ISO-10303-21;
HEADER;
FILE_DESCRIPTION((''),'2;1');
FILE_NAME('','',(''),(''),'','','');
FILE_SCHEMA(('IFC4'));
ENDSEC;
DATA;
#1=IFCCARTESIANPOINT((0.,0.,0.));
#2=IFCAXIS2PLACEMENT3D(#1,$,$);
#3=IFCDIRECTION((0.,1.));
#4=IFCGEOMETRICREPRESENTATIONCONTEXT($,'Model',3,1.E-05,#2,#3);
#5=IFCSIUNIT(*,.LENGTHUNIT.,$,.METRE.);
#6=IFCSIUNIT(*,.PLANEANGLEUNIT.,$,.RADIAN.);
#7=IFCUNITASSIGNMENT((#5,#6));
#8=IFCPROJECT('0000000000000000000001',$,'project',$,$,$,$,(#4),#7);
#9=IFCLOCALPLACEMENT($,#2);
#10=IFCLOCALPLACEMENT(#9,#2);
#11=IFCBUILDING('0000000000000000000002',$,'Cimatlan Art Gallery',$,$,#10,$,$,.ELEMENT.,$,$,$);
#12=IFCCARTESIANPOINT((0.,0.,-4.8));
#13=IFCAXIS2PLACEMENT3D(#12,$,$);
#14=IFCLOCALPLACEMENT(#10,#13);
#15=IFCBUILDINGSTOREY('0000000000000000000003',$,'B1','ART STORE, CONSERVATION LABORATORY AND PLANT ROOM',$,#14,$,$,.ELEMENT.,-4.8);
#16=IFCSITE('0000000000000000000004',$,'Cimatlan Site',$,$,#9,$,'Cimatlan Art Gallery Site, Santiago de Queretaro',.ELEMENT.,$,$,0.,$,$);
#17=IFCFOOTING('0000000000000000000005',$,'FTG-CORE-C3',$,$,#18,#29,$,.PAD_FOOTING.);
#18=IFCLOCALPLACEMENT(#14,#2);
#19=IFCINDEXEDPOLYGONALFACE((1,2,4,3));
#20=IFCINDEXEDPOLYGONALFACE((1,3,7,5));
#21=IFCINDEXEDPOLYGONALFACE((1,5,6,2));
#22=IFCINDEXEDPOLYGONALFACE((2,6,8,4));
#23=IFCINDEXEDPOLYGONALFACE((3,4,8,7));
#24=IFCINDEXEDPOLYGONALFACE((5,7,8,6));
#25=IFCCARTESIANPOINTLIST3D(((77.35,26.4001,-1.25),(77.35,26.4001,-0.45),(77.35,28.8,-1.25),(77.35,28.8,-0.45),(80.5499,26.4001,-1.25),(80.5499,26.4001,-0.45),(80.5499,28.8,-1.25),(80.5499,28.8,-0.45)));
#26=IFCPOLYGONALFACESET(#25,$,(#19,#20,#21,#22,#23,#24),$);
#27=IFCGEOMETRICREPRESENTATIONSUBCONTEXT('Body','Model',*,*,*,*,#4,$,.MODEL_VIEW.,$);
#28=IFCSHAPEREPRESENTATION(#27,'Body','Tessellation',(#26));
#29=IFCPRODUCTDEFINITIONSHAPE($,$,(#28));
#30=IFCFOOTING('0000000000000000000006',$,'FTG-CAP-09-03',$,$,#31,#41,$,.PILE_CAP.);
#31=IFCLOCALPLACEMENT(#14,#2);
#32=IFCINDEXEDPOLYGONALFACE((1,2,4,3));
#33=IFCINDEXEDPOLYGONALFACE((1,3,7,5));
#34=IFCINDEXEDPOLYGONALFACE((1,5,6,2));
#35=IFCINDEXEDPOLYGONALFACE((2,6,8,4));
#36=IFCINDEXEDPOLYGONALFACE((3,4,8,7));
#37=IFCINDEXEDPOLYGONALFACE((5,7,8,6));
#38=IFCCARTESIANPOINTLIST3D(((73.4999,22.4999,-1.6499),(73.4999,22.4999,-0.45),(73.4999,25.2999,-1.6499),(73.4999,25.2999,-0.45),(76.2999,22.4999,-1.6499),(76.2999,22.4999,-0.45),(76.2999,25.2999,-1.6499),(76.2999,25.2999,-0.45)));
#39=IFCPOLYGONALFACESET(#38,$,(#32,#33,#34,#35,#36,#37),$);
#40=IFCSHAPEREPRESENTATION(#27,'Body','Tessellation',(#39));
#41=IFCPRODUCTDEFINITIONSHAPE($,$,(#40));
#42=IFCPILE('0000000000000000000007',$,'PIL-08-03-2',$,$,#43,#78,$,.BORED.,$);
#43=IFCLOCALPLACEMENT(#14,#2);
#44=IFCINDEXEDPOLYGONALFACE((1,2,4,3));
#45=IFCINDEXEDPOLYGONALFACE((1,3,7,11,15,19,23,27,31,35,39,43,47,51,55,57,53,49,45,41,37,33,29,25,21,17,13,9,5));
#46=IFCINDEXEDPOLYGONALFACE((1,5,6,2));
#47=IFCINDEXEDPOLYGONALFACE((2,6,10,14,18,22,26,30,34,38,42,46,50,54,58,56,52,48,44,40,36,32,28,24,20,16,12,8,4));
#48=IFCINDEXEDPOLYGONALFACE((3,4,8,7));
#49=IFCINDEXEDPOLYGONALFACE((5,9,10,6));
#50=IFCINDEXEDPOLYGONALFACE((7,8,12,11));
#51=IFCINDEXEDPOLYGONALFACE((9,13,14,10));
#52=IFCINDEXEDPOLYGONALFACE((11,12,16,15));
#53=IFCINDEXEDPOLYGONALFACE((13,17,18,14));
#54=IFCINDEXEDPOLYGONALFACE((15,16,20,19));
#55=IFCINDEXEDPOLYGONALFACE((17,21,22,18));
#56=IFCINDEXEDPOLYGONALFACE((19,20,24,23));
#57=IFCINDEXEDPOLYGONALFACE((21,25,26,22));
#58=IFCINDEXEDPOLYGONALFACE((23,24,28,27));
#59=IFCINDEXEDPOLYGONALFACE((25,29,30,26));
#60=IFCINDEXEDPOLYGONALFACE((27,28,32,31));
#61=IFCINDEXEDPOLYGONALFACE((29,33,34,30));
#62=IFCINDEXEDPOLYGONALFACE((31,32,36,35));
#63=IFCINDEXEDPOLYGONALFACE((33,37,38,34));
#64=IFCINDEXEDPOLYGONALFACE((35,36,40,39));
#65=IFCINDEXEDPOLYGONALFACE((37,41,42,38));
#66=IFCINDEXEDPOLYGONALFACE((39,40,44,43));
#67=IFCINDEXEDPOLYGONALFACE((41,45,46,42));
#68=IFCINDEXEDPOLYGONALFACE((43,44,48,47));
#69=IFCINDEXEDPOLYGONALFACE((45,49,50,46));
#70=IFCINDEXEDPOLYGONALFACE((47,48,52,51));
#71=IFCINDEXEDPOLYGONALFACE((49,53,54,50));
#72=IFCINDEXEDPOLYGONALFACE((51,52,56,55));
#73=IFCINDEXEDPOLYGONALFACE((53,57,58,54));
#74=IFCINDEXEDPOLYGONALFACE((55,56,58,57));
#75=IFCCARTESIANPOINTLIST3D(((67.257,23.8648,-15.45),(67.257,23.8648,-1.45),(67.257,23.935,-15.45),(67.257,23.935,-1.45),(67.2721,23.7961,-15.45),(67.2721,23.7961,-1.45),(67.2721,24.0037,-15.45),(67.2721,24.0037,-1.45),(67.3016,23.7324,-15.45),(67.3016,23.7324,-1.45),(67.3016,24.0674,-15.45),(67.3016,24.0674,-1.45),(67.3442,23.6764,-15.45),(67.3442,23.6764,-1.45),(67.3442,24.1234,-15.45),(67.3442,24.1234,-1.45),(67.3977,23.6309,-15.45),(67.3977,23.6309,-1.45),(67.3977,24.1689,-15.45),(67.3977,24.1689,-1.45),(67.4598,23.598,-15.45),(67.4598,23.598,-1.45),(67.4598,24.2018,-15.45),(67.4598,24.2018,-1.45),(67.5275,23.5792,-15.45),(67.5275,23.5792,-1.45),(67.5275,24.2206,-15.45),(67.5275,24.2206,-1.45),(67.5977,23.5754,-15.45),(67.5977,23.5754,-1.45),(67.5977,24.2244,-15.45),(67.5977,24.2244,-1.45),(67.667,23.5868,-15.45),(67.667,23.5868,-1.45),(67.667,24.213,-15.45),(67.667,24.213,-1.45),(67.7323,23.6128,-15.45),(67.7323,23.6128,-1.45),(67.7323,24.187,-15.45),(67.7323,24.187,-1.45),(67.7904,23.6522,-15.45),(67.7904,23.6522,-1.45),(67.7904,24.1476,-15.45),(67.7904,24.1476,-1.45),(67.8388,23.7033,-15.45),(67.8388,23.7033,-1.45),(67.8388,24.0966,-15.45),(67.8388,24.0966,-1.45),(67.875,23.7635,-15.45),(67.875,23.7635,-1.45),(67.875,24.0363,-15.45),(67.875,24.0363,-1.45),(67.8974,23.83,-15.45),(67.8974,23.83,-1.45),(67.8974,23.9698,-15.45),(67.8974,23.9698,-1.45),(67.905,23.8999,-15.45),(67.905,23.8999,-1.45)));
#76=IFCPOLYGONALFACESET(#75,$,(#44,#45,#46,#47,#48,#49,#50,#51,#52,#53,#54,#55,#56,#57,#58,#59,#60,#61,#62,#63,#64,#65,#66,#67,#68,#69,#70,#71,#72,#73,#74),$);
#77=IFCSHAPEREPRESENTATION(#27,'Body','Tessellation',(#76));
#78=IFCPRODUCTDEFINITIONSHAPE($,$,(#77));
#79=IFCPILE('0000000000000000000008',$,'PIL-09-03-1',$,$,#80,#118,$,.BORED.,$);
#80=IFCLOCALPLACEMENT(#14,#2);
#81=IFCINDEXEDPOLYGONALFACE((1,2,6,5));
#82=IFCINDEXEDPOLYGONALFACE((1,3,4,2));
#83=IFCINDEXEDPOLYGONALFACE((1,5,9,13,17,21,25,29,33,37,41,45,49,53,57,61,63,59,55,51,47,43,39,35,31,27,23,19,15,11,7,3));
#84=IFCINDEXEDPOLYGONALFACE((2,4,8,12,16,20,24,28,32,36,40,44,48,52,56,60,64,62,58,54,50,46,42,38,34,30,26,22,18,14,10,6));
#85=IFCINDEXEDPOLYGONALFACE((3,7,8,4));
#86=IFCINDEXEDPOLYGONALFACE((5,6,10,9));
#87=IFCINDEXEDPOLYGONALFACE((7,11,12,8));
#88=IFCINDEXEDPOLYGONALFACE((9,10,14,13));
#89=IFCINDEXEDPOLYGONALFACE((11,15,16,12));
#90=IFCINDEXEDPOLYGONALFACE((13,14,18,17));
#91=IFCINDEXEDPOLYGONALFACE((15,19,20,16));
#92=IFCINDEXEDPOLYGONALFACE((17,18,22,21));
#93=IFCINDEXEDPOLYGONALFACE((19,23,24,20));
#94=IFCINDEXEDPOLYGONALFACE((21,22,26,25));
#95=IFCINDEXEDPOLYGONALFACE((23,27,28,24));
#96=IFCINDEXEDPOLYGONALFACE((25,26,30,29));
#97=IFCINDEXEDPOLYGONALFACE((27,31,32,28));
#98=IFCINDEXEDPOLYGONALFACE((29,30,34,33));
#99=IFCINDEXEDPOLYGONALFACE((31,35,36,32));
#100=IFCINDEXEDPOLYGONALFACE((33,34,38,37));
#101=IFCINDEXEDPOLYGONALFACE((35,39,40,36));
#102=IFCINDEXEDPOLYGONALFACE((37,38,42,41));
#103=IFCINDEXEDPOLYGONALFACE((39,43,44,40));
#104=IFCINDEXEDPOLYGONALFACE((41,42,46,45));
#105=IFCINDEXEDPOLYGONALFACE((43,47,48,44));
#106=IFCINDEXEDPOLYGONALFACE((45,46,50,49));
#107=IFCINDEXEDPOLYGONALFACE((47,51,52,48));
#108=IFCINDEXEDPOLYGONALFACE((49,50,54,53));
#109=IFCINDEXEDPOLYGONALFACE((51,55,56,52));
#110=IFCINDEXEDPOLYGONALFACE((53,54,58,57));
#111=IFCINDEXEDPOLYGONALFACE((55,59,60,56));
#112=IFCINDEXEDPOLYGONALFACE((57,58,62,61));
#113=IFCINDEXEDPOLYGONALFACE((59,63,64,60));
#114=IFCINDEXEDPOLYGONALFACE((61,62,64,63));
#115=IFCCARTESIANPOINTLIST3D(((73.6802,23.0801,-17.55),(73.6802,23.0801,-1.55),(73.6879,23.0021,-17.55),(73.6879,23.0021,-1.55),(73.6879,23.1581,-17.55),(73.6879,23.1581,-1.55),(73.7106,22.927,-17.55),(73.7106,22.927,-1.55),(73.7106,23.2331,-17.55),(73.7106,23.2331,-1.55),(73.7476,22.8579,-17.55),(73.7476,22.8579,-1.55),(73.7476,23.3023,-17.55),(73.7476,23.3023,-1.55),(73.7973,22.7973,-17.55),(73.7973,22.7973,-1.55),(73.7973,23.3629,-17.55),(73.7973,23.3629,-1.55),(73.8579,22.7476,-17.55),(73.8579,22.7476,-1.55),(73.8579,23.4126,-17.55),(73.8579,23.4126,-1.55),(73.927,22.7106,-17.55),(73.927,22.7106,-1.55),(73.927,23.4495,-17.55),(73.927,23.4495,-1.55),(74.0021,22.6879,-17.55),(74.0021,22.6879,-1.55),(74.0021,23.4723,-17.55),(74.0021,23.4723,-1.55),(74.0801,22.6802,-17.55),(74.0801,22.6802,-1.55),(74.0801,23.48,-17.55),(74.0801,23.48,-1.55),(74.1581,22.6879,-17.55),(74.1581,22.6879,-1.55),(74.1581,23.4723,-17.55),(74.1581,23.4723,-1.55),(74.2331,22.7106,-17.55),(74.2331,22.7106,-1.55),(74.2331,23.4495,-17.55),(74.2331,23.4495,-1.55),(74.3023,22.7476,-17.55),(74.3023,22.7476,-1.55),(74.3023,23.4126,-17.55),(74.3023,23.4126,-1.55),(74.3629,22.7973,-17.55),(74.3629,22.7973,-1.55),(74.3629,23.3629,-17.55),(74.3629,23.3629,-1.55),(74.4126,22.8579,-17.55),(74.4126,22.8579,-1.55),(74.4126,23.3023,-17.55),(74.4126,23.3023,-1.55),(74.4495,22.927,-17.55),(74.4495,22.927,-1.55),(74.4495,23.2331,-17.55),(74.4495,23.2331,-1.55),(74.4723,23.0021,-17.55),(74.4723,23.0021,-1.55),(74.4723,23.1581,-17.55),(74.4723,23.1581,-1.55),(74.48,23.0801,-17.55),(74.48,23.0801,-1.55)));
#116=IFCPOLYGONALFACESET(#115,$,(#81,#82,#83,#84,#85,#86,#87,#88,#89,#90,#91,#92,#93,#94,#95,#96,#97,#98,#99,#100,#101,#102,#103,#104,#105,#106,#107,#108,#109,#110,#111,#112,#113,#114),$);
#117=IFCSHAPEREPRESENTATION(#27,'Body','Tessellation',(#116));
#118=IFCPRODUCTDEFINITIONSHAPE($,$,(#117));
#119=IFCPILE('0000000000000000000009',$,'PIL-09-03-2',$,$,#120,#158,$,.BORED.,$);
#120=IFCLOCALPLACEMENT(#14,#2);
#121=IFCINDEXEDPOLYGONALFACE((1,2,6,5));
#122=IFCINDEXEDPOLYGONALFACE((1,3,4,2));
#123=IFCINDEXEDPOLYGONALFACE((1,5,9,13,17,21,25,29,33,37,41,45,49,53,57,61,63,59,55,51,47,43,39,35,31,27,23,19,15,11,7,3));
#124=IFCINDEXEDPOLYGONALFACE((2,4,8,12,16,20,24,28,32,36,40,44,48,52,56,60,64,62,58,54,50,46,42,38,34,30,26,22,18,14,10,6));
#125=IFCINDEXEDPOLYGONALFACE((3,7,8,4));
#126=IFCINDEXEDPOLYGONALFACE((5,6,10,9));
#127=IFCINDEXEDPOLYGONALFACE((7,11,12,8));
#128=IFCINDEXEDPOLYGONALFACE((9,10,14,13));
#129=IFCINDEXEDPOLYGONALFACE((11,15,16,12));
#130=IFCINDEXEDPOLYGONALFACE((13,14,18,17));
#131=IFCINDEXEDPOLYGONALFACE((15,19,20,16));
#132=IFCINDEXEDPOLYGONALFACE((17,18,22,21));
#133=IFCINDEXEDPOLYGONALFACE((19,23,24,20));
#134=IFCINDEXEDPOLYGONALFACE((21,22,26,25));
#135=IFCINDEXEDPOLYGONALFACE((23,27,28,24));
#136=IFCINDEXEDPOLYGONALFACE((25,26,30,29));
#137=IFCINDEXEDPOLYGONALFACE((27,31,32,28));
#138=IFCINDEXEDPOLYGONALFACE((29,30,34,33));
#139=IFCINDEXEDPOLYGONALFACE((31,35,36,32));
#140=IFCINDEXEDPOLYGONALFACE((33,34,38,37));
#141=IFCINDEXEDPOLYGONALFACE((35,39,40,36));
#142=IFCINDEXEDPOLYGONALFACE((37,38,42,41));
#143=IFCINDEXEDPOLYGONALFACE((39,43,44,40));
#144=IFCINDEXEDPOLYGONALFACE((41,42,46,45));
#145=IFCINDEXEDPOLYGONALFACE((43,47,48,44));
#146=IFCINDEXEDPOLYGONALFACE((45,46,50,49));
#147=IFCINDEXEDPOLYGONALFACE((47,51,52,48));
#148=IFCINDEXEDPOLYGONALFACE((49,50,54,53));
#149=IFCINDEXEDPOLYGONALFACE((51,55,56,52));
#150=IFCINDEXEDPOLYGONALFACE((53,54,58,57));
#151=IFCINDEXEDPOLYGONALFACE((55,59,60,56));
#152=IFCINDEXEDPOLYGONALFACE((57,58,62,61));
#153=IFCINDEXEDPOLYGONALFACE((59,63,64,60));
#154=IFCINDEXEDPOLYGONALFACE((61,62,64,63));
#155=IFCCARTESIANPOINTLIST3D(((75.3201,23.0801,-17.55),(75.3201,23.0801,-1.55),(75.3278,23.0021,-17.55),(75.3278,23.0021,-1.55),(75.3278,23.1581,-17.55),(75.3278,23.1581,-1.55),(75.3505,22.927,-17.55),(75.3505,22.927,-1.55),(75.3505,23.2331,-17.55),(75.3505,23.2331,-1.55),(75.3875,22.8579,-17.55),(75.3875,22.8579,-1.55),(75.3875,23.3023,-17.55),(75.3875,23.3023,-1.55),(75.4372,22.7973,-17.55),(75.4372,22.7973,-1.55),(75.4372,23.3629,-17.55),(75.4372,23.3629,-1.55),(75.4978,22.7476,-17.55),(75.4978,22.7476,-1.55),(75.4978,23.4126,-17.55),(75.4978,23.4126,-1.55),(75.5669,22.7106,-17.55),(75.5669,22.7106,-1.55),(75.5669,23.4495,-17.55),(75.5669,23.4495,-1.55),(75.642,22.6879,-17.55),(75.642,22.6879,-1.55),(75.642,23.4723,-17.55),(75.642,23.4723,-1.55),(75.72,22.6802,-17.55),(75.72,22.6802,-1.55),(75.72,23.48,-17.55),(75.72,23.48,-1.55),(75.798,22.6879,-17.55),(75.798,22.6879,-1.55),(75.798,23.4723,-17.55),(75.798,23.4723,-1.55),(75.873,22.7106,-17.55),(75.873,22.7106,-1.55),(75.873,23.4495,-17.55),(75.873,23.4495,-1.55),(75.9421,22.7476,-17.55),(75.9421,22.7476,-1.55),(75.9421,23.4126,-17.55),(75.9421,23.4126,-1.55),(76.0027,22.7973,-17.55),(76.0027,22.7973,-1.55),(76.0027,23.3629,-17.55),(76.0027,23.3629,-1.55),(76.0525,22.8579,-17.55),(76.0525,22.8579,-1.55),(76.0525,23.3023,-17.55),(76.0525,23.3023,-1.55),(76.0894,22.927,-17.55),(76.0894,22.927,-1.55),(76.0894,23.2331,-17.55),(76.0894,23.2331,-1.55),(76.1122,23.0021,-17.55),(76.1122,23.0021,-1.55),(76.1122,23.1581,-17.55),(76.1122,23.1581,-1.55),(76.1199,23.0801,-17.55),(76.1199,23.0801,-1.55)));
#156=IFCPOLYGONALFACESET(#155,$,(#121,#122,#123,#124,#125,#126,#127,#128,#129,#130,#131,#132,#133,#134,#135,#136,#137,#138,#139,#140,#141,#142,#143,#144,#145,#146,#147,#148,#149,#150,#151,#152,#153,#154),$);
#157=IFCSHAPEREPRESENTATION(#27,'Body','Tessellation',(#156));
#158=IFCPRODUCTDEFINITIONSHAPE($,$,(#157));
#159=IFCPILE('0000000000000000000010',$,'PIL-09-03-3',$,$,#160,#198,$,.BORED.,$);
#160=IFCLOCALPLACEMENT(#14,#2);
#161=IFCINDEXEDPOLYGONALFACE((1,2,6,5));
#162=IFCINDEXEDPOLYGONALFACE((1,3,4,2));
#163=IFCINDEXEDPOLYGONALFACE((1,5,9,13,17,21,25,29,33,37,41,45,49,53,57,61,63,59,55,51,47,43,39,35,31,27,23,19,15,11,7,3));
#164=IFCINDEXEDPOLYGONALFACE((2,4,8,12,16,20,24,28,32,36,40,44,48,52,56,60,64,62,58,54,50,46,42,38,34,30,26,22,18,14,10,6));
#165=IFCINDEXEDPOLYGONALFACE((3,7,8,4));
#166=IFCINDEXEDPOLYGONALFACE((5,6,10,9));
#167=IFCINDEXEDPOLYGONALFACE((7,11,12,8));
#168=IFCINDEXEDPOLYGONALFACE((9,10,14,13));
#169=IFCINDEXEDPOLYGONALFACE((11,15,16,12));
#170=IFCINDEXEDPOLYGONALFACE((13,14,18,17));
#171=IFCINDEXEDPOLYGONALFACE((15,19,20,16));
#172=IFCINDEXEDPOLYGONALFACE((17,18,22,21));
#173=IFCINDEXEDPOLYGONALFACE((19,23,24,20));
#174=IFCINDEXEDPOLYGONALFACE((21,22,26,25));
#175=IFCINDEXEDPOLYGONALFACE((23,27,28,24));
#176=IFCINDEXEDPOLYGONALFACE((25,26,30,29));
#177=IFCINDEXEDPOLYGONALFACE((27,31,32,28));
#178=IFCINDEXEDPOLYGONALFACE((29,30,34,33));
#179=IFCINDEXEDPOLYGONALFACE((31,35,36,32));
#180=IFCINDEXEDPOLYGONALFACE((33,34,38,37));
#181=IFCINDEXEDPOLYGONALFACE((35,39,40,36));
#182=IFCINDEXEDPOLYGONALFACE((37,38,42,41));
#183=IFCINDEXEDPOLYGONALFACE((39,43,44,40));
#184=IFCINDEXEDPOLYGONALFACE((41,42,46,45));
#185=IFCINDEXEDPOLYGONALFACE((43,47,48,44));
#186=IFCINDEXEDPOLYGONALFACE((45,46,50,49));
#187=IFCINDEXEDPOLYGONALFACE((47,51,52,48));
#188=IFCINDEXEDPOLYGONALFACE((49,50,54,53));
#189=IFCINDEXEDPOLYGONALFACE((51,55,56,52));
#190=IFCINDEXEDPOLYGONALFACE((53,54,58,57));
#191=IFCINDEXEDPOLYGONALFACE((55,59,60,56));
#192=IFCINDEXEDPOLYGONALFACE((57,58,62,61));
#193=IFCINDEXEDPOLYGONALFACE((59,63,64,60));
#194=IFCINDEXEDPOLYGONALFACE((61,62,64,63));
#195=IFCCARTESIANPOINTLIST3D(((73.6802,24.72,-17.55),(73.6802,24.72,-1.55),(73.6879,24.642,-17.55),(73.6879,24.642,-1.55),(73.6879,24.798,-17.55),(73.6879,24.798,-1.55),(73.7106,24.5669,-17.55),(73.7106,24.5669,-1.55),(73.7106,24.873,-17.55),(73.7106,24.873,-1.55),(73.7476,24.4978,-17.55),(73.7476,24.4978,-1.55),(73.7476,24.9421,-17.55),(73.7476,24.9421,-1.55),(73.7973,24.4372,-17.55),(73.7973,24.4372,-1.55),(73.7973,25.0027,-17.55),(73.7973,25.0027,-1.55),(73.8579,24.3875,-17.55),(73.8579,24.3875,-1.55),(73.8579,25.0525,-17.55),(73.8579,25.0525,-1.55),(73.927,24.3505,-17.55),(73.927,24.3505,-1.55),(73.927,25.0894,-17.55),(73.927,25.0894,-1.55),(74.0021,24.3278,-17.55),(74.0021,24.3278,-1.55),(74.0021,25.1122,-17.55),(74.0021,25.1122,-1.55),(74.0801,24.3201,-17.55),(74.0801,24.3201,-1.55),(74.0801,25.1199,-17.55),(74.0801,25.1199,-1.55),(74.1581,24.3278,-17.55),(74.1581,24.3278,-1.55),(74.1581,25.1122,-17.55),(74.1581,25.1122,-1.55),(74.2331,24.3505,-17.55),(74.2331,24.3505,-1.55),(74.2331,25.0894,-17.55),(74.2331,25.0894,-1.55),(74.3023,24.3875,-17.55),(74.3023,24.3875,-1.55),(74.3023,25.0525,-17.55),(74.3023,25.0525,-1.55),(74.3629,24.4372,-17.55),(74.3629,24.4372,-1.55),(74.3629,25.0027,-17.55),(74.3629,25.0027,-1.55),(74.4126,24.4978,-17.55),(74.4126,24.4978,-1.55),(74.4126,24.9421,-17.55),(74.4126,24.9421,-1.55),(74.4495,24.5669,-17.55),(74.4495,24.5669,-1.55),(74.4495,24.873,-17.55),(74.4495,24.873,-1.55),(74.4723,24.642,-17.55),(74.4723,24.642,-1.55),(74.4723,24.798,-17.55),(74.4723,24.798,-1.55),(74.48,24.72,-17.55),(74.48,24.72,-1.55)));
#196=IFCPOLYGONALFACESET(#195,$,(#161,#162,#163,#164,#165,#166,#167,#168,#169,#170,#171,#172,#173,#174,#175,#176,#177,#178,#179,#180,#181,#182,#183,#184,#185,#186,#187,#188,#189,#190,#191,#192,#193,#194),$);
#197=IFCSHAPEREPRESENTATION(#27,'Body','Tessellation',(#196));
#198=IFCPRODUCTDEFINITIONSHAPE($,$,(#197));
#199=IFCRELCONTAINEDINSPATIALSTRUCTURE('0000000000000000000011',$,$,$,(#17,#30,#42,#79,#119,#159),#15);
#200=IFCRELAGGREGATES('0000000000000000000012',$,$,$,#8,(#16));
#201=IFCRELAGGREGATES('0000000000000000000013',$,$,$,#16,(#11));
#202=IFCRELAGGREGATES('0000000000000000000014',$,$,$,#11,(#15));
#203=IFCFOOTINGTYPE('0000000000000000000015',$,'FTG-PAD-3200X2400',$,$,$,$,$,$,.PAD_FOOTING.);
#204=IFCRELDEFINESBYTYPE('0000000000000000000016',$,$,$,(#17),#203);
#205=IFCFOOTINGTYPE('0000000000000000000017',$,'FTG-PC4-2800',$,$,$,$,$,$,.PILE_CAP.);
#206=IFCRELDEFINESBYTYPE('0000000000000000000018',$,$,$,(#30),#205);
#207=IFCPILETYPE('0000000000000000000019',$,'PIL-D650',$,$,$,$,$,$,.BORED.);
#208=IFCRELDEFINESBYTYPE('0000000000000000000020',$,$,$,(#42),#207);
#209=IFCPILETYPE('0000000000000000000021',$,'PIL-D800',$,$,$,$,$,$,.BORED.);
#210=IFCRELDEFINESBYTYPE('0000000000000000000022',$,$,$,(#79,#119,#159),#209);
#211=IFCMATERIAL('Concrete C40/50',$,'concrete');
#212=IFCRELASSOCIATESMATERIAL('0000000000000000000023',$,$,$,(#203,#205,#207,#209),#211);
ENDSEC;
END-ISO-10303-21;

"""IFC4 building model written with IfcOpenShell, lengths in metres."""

from ifc_helpers import new_model, si_unit, direction, frame, origin, origin_2d, place, context, subcontext, project, spatial, rectangle, circle, extrude, material, type_object, element, save


model = new_model("IFC4")

# Units and contexts
model_context = context("Model", 3, precision=1e-05, world=origin(), true_north=direction((0.0, 1.0)))
body_context = subcontext(model_context, "Body", "Model", "MODEL_VIEW")
ifc_project = project(units=[si_unit("LENGTHUNIT", "METRE"), si_unit("PLANEANGLEUNIT", "RADIAN")], contexts=[model_context])

# Site, building, storey
site_placement = place(None, origin())
site = spatial("IfcSite", under=ifc_project, at=site_placement, Name="Cimatlan Site", LongName="Cimatlan Art Gallery Site, Santiago de Queretaro", CompositionType="ELEMENT", RefElevation=0.0)
building_placement = place(site_placement, origin())
building = spatial("IfcBuilding", under=site, at=building_placement, Name="Cimatlan Art Gallery", CompositionType="ELEMENT")
storey_placement = place(building_placement, frame((0.0, 0.0, -4.8)))
storey = spatial("IfcBuildingStorey", under=building, at=storey_placement, Name="B1", Description="ART STORE, CONSERVATION LABORATORY AND PLANT ROOM", CompositionType="ELEMENT", Elevation=-4.8)

# Footings
ifc_material_1 = material(Name="Concrete C40/50", Category="concrete")
footing_type_1 = type_object("IfcFootingType", Name="FTG-PAD-3200X2400", PredefinedType="PAD_FOOTING", material=ifc_material_1)
footing_1_placement = place(storey_placement, frame((78.95, 27.6001, -1.25), z_axis=(0.0, 0.0, 1.0), x_axis=(1.0, 0.0, 0.0)))
element("IfcFooting", 1, at=footing_1_placement, inside=storey, type_object=footing_type_1, Name="FTG-CORE-C3", PredefinedType="PAD_FOOTING", context=body_context, shape_type="SweptSolid", body=[
    extrude(rectangle(XDim=3.2, YDim=2.3999, at=origin_2d()), origin(), (0.0, 0.0, 1.0), 0.8),
])
footing_type_2 = type_object("IfcFootingType", Name="FTG-PC4-2800", PredefinedType="PILE_CAP", material=ifc_material_1)
footing_2_placement = place(storey_placement, frame((74.8999, 23.8999, -1.6499), z_axis=(0.0, 0.0, 1.0), x_axis=(1.0, 0.0, 0.0)))
element("IfcFooting", 2, at=footing_2_placement, inside=storey, type_object=footing_type_2, Name="FTG-CAP-09-03", PredefinedType="PILE_CAP", context=body_context, shape_type="SweptSolid", body=[
    extrude(rectangle(XDim=2.8, YDim=2.8, at=origin_2d()), origin(), (0.0, 0.0, 1.0), 1.2),
])

# Piles
pile_type_1 = type_object("IfcPileType", Name="PIL-D650", PredefinedType="BORED", material=ifc_material_1)
pile_placement = place(storey_placement, frame((67.5801, 23.8999, -1.45), z_axis=(0.0, 0.0, -1.0), x_axis=(1.0, 0.0, 0.0)))
element("IfcPile", 3, at=pile_placement, inside=storey, type_object=pile_type_1, Name="PIL-08-03-2", PredefinedType="BORED", context=body_context, shape_type="SweptSolid", body=[
    extrude(circle(Radius=0.325, at=origin_2d()), origin(), (0.0, 0.0, 1.0), 14.0),
])
pile_type_2 = type_object("IfcPileType", Name="PIL-D800", PredefinedType="BORED", material=ifc_material_1)
for number, where, z_axis, x_axis, name in (
    (4, (74.0801, 23.0801, -1.55), (0.0, 0.0, -1.0), (1.0, 0.0, 0.0), "PIL-09-03-1"),
    (5, (75.72, 23.0801, -1.55), (0.0, 0.0, -1.0), (1.0, 0.0, 0.0), "PIL-09-03-2"),
    (6, (74.0801, 24.72, -1.55), (0.0, 0.0, -1.0), (1.0, 0.0, 0.0), "PIL-09-03-3"),
):
    element("IfcPile", number, at=place(storey_placement, frame(where, z_axis=z_axis, x_axis=x_axis)), inside=storey, type_object=pile_type_2, Name=name, PredefinedType="BORED", context=body_context, shape_type="SweptSolid", body=[
        extrude(circle(Radius=0.3999, at=origin_2d()), origin(), (0.0, 0.0, 1.0), 16.0),
    ])

save(model, "model.ifc")
